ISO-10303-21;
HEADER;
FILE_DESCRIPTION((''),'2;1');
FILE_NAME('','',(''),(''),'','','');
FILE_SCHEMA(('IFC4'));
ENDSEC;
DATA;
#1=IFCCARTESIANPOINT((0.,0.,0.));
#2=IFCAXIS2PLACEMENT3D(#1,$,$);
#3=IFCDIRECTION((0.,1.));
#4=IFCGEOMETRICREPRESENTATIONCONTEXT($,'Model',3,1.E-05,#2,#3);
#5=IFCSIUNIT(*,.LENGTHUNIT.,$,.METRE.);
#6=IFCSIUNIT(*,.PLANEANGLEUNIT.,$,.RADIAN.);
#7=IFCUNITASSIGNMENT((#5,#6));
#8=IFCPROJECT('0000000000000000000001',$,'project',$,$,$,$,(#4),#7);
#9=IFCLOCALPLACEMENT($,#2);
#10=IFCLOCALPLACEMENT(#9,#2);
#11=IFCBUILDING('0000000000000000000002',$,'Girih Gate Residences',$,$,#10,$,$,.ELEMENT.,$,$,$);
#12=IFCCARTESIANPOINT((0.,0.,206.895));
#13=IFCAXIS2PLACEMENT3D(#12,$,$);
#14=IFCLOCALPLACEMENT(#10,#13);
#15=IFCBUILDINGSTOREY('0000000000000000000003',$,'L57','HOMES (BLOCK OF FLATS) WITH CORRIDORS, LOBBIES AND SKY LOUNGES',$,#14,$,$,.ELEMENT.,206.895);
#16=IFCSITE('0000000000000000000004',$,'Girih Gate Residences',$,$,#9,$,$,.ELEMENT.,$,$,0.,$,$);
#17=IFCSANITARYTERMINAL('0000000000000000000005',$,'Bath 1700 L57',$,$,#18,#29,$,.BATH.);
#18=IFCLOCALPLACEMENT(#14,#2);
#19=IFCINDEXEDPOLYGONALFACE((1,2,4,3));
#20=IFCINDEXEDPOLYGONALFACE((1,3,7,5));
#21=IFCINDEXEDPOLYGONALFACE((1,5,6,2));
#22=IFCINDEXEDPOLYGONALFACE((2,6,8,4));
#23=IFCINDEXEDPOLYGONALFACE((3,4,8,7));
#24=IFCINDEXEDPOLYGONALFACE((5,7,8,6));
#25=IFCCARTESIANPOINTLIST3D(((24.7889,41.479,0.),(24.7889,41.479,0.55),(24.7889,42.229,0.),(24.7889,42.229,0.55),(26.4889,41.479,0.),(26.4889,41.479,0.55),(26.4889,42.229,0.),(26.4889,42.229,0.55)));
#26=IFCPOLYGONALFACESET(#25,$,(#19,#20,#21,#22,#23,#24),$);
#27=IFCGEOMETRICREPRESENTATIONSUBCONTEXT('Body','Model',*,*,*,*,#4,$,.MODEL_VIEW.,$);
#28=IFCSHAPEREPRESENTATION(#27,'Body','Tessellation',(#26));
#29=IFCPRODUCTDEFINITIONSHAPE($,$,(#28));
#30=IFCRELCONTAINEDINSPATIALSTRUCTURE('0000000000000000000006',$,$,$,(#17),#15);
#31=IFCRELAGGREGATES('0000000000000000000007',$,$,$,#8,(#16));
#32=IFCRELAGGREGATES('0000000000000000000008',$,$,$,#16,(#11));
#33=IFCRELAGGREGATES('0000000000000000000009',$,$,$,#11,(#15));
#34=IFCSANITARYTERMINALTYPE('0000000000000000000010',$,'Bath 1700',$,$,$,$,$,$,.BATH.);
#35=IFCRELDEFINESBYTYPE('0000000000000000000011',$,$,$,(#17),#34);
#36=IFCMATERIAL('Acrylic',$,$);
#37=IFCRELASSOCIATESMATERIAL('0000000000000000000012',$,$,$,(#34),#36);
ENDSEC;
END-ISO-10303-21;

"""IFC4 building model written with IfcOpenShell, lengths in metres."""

from ifc_helpers import new_model, si_unit, direction, frame, origin, origin_2d, place, context, subcontext, project, spatial, rectangle, extrude, material, type_object, element, save


model = new_model("IFC4")

# Units and contexts
model_context = context("Model", 3, precision=1e-05, world=origin(), true_north=direction((0.0, 1.0)))
body_context = subcontext(model_context, "Body", "Model", "MODEL_VIEW")
ifc_project = project(units=[si_unit("LENGTHUNIT", "METRE"), si_unit("PLANEANGLEUNIT", "RADIAN")], contexts=[model_context])

# Site, building, storey
site_placement = place(None, origin())
site = spatial("IfcSite", under=ifc_project, at=site_placement, Name="Girih Gate Residences", CompositionType="ELEMENT", RefElevation=0.0)
building_placement = place(site_placement, origin())
building = spatial("IfcBuilding", under=site, at=building_placement, Name="Girih Gate Residences", CompositionType="ELEMENT")
storey_placement = place(building_placement, frame((0.0, 0.0, 206.895)))
storey = spatial("IfcBuildingStorey", under=building, at=storey_placement, Name="L57", Description="HOMES (BLOCK OF FLATS) WITH CORRIDORS, LOBBIES AND SKY LOUNGES", CompositionType="ELEMENT", Elevation=206.895)

# Sanitary terminal
ifc_material_1 = material(Name="Acrylic")
sanitary_terminal_type = type_object("IfcSanitaryTerminalType", Name="Bath 1700", PredefinedType="BATH", material=ifc_material_1)
sanitary_terminal_placement = place(storey_placement, frame((25.6389, 41.854, 0.0), z_axis=(0.0, 0.0, 1.0), x_axis=(1.0, 0.0, 0.0)))
element("IfcSanitaryTerminal", 1, at=sanitary_terminal_placement, inside=storey, type_object=sanitary_terminal_type, Name="Bath 1700 L57", PredefinedType="BATH", context=body_context, shape_type="SweptSolid", body=[
    extrude(rectangle(XDim=1.7, YDim=0.75, at=origin_2d()), origin(), (0.0, 0.0, 1.0), 0.55),
])

save(model, "model.ifc")
